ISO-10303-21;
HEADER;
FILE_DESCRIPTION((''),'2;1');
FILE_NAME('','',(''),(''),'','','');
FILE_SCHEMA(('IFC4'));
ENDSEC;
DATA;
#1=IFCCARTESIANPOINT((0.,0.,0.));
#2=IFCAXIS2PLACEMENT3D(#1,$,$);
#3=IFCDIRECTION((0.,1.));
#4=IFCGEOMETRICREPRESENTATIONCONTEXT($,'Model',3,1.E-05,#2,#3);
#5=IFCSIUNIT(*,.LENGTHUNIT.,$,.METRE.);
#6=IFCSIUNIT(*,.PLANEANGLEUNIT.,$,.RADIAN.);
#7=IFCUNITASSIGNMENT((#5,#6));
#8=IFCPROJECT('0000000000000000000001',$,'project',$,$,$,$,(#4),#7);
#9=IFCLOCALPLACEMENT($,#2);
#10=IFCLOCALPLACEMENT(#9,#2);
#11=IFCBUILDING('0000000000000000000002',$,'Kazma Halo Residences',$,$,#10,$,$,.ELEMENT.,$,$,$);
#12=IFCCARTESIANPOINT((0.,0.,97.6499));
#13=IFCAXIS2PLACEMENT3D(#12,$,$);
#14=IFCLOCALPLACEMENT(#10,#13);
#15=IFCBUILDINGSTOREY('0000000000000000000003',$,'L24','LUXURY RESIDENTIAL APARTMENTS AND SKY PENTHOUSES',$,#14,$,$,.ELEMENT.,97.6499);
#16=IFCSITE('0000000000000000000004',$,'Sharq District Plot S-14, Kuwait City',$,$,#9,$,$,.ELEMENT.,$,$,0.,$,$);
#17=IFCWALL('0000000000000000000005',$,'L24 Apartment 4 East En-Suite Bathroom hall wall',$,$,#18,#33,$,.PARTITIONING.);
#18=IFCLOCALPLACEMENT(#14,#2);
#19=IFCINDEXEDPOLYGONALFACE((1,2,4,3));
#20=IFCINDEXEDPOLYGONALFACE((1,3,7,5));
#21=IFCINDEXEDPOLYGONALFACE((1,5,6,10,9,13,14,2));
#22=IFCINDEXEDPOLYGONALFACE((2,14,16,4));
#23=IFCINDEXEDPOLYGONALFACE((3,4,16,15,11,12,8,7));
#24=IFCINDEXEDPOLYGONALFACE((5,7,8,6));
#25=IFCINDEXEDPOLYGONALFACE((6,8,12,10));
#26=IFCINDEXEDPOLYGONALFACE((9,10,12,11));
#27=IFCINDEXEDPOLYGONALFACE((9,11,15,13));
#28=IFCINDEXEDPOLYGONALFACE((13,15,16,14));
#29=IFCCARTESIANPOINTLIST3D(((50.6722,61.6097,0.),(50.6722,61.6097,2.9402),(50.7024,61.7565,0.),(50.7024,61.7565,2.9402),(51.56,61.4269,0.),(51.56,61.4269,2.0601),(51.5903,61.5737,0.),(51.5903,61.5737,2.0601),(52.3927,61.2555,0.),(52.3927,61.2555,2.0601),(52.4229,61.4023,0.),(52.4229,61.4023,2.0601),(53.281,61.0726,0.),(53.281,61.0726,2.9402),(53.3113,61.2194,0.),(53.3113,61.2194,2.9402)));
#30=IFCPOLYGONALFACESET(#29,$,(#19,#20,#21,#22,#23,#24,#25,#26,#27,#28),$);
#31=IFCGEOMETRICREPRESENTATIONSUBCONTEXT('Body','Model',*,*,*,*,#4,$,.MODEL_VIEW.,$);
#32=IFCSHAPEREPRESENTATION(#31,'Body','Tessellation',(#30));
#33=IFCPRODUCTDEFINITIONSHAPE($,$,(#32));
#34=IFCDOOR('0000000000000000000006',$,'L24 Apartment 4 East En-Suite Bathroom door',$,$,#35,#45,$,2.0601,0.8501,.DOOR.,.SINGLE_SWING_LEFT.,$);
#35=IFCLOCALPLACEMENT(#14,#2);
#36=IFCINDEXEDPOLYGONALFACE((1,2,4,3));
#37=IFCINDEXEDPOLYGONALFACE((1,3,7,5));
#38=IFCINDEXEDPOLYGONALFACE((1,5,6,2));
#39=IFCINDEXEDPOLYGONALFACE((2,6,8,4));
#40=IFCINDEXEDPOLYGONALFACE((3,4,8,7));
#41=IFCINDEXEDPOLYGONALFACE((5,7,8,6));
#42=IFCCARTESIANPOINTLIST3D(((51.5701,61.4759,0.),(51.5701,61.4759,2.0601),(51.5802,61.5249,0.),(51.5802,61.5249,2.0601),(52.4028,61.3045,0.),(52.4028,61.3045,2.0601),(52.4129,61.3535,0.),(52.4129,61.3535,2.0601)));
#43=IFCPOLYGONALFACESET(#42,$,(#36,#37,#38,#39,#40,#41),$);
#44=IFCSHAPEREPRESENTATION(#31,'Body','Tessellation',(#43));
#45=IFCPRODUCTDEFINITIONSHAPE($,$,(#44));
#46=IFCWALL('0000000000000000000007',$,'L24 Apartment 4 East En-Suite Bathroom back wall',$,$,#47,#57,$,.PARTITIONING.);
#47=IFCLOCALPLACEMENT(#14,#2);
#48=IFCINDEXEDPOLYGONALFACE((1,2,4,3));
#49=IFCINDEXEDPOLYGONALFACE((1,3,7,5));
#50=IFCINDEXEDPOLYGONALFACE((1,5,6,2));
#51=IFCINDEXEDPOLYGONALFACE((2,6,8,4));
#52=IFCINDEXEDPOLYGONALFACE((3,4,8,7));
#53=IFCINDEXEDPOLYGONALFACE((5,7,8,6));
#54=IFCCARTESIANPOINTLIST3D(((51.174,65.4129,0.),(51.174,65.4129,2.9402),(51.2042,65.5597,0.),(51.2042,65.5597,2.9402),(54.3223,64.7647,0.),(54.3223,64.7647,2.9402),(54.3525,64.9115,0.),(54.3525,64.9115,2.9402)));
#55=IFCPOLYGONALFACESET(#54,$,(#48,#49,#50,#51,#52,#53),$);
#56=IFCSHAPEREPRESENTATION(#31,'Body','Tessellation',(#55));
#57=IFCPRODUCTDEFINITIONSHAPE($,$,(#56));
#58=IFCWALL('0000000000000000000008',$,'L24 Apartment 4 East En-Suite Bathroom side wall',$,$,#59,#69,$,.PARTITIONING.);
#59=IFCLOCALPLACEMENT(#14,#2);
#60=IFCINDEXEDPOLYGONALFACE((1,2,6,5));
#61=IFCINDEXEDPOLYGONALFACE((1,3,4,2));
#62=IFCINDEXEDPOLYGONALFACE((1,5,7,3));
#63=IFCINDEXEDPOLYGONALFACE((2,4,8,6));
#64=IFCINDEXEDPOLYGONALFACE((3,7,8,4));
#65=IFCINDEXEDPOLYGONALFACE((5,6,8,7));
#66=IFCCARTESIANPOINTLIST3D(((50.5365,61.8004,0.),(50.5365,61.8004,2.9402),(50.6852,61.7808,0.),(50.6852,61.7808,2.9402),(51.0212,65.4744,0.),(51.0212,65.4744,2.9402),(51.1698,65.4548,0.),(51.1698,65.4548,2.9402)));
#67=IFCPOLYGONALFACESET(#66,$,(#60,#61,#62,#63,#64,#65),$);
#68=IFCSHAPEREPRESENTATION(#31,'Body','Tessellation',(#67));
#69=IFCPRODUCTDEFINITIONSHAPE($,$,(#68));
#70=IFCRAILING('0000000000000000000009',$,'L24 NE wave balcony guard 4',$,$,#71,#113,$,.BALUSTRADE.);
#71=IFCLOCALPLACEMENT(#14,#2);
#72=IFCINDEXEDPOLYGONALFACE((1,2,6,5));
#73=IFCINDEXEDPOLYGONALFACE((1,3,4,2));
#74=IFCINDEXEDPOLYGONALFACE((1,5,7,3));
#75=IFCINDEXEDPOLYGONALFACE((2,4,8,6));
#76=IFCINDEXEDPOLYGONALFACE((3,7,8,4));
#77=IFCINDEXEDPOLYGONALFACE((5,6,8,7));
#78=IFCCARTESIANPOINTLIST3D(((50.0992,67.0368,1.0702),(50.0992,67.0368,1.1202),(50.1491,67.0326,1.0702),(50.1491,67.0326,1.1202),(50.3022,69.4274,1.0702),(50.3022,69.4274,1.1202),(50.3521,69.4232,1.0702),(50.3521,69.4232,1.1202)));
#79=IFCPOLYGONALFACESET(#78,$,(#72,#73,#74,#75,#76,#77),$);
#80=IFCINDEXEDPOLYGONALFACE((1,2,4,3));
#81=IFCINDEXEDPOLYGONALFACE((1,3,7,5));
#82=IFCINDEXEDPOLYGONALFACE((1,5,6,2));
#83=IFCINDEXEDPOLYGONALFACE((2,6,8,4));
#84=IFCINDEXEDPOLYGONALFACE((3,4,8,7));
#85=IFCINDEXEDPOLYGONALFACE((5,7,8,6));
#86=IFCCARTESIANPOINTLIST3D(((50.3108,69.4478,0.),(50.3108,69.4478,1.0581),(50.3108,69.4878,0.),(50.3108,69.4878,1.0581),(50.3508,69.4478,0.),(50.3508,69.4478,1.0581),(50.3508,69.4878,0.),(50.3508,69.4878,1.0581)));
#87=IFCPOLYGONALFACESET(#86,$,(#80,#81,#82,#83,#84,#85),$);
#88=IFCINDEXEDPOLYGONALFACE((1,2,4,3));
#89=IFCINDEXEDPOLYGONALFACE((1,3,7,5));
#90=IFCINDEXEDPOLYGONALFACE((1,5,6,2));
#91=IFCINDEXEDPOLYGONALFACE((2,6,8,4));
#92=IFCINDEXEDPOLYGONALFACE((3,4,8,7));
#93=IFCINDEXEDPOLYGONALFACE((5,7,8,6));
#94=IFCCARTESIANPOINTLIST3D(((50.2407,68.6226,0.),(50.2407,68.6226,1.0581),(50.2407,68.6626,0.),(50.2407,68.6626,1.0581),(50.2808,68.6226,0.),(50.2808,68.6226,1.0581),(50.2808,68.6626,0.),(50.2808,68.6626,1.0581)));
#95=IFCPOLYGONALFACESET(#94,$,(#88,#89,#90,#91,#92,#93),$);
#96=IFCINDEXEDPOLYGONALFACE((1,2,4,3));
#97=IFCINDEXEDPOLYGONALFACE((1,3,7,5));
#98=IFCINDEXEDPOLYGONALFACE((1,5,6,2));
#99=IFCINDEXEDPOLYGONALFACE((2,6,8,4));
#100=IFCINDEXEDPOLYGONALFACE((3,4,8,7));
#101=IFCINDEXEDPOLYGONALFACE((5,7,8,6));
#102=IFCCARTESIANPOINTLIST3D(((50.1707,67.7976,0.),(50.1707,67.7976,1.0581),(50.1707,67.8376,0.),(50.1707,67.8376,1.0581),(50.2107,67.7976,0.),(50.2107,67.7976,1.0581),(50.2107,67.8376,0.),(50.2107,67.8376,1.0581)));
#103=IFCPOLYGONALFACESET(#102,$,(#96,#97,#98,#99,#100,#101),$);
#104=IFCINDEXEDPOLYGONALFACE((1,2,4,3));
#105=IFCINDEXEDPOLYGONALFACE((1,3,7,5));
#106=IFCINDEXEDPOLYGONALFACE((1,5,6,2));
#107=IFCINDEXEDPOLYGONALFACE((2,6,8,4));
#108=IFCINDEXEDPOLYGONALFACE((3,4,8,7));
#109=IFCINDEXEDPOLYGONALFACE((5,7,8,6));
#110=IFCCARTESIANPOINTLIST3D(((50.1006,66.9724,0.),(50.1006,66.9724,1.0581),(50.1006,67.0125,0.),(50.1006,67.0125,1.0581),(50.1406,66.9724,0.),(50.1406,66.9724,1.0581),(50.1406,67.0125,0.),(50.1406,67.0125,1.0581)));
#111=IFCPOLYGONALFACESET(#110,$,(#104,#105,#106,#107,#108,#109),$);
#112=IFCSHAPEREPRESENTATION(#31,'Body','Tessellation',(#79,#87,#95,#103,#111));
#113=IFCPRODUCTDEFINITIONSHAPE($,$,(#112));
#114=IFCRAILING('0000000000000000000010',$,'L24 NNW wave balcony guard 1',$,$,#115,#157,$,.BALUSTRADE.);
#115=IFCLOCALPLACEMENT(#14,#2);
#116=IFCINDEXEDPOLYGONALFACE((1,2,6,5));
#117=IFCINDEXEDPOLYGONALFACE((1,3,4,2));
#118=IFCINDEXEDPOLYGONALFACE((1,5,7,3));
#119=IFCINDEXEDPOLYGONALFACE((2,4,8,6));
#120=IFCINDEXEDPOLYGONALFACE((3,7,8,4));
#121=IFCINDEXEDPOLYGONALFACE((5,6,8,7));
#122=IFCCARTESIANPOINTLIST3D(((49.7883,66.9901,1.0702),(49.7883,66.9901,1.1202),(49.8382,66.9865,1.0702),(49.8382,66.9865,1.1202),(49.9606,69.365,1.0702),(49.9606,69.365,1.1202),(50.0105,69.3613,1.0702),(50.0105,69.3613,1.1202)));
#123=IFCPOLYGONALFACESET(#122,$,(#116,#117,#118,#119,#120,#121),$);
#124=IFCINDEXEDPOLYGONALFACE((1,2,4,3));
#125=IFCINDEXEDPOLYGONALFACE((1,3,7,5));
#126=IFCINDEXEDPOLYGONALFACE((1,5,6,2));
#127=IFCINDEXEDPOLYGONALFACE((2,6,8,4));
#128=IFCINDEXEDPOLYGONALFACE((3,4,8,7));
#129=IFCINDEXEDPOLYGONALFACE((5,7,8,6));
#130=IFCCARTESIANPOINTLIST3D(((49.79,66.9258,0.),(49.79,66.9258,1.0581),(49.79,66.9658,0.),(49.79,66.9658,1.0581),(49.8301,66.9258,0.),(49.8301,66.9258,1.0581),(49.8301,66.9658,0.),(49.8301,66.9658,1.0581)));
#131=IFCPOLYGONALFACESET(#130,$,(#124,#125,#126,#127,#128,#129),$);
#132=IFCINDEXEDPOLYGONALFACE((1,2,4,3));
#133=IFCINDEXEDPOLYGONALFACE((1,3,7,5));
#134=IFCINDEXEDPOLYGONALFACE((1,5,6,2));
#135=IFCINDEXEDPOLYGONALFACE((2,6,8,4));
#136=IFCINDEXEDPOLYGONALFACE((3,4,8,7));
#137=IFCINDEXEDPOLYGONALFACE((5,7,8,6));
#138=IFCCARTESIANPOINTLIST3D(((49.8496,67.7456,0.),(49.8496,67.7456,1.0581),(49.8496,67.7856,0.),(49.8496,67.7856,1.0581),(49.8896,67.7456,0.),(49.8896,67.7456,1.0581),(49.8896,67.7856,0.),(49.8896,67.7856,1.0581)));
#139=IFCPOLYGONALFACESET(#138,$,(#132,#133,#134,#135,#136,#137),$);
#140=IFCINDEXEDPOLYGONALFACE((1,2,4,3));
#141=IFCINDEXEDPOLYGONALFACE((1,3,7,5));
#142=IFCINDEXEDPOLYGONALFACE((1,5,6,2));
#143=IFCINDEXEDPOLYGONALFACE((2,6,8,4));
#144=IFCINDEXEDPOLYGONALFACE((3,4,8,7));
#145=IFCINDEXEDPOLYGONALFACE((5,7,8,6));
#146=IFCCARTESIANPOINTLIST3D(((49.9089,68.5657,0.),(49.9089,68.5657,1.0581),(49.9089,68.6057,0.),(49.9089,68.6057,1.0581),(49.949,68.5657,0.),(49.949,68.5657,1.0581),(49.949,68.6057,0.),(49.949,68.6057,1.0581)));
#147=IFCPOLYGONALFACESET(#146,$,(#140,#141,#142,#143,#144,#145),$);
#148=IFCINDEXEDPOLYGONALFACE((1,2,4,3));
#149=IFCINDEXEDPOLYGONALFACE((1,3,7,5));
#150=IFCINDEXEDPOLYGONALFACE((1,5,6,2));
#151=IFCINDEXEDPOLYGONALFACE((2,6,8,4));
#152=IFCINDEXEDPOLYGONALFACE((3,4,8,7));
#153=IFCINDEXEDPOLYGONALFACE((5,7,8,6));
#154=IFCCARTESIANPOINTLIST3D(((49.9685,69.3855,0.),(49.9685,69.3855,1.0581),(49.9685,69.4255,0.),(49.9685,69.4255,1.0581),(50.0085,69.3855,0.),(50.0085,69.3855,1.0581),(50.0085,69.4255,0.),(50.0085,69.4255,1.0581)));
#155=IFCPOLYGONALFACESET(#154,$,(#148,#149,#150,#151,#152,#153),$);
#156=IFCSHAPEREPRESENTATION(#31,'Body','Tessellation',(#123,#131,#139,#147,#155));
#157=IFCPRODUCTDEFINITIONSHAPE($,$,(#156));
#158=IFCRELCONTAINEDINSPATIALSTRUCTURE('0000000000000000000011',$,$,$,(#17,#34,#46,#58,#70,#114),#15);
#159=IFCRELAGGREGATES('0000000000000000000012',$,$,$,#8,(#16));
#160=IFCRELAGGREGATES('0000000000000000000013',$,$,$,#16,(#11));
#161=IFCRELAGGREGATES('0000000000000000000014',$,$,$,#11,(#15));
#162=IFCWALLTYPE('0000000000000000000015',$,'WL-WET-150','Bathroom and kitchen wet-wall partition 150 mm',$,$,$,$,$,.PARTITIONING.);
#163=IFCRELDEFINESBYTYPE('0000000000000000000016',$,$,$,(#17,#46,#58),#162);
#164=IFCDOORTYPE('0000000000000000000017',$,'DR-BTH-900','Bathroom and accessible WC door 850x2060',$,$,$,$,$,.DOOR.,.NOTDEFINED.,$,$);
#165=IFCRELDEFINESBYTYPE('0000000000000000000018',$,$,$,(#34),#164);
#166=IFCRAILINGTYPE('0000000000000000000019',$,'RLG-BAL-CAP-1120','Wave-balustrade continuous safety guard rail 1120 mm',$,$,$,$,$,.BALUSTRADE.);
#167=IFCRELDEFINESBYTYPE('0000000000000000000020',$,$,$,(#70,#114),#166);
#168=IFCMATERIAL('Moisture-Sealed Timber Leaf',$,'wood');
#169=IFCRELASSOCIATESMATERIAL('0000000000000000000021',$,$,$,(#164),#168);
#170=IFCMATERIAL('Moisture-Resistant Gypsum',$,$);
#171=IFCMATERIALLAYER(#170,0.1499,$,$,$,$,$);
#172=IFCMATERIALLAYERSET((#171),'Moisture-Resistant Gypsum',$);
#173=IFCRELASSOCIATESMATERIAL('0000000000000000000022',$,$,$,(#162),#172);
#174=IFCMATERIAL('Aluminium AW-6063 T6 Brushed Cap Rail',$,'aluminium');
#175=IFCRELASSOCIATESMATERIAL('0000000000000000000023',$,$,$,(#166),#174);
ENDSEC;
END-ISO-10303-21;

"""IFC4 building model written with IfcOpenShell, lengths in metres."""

from ifc_helpers import new_model, si_unit, direction, frame, frame_2d, origin, origin_2d, place, context, subcontext, project, spatial, rectangle, extrude, material, layer, layer_set, type_object, element, fill, save


model = new_model("IFC4")

# Units and contexts
model_context = context("Model", 3, precision=1e-05, world=origin(), true_north=direction((0.0, 1.0)))
body_context = subcontext(model_context, "Body", "Model", "MODEL_VIEW")
ifc_project = project(units=[si_unit("LENGTHUNIT", "METRE"), si_unit("PLANEANGLEUNIT", "RADIAN")], contexts=[model_context])

# Site, building, storey
site_placement = place(None, origin())
site = spatial("IfcSite", under=ifc_project, at=site_placement, Name="Sharq District Plot S-14, Kuwait City", CompositionType="ELEMENT", RefElevation=0.0)
building_placement = place(site_placement, origin())
building = spatial("IfcBuilding", under=site, at=building_placement, Name="Kazma Halo Residences", CompositionType="ELEMENT")
storey_placement = place(building_placement, frame((0.0, 0.0, 97.6499)))
storey = spatial("IfcBuildingStorey", under=building, at=storey_placement, Name="L24", Description="LUXURY RESIDENTIAL APARTMENTS AND SKY PENTHOUSES", CompositionType="ELEMENT", Elevation=97.6499)

# Wall, opening, door
ifc_material_1 = material(Name="Moisture-Sealed Timber Leaf", Category="wood")
door_type_1 = type_object("IfcDoorType", Name="DR-BTH-900", Description="Bathroom and accessible WC door 850x2060", OperationType="NOTDEFINED", PredefinedType="DOOR", material=ifc_material_1)
ifc_material_2 = material(Name="Moisture-Resistant Gypsum")
ifc_layer_1 = layer(ifc_material_2, 0.1499)
ifc_layer_set_1 = layer_set([ifc_layer_1], Name="Moisture-Resistant Gypsum")
wall_type_1 = type_object("IfcWallType", Name="WL-WET-150", Description="Bathroom and kitchen wet-wall partition 150 mm", PredefinedType="PARTITIONING", material=ifc_layer_set_1)
wall_1_placement = place(storey_placement, frame((53.2961, 61.146, 0.0), z_axis=(0.0, 0.0, 1.0), x_axis=(-0.979458, 0.201648, 0.0)))
wall_1 = element("IfcWall", 1, at=wall_1_placement, inside=storey, type_object=wall_type_1, Name="L24 Apartment 4 East En-Suite Bathroom hall wall", PredefinedType="PARTITIONING", context=body_context, shape_type="SweptSolid", body=[
    extrude(rectangle(XDim=2.6636, YDim=0.1499, at=frame_2d((1.3318, 0.0))), origin(), (0.0, 0.0, 1.0), 2.9402),
])
opening_1_placement = place(wall_1_placement, frame((0.907, 0.0, 0.0)))
opening_1 = element("IfcOpeningElement", 2, at=opening_1_placement, cuts=wall_1, PredefinedType="OPENING", context=body_context, shape_type="SweptSolid", body=[
    extrude(rectangle(XDim=0.8501, YDim=2.0601, at=frame_2d((0.425, 1.03))), frame((0.0, 0.085, 0.0), z_axis=(0.0, -1.0, 0.0), x_axis=(1.0, 0.0, 0.0)), (0.0, 0.0, 1.0), 0.1699),
])
door_1_placement = place(opening_1_placement, origin())
door_1 = element("IfcDoor", 3, at=door_1_placement, inside=storey, type_object=door_type_1, Name="L24 Apartment 4 East En-Suite Bathroom door", OperationType="SINGLE_SWING_LEFT", OverallHeight=2.0601, OverallWidth=0.8501, PredefinedType="DOOR", context=body_context, shape_type="SweptSolid", body=[
    extrude(rectangle(XDim=0.8501, YDim=2.0601, at=frame_2d((0.425, 1.03))), frame((0.0, 0.0249, 0.0), z_axis=(0.0, -1.0, 0.0), x_axis=(1.0, 0.0, 0.0)), (0.0, 0.0, 1.0), 0.05),
])
fill(opening_1, door_1)

# Walls
wall_2_placement = place(storey_placement, frame((54.3374, 64.8381, 0.0), z_axis=(0.0, 0.0, 1.0), x_axis=(-0.979458, 0.201649, 0.0)))
element("IfcWall", 4, at=wall_2_placement, inside=storey, type_object=wall_type_1, Name="L24 Apartment 4 East En-Suite Bathroom back wall", PredefinedType="PARTITIONING", context=body_context, shape_type="SweptSolid", body=[
    extrude(rectangle(XDim=3.2144, YDim=0.1499, at=frame_2d((1.6072, 0.0))), origin(), (0.0, 0.0, 1.0), 2.9402),
])
wall_3_placement = place(storey_placement, frame((50.6108, 61.7905, 0.0), z_axis=(0.0, 0.0, 1.0), x_axis=(0.13077, 0.991413, 0.0)))
element("IfcWall", 5, at=wall_3_placement, inside=storey, type_object=wall_type_1, Name="L24 Apartment 4 East En-Suite Bathroom side wall", PredefinedType="PARTITIONING", context=body_context, shape_type="SweptSolid", body=[
    extrude(rectangle(XDim=3.7058, YDim=0.1499, at=frame_2d((1.853, 0.0))), origin(), (0.0, 0.0, 1.0), 2.9402),
])

# Railings
ifc_material_3 = material(Name="Aluminium AW-6063 T6 Brushed Cap Rail", Category="aluminium")
railing_type = type_object("IfcRailingType", Name="RLG-BAL-CAP-1120", Description="Wave-balustrade continuous safety guard rail 1120 mm", PredefinedType="BALUSTRADE", material=ifc_material_3)
railing_1_placement = place(storey_placement, frame((50.3308, 69.4678, 0.0)))
element("IfcRailing", 6, at=railing_1_placement, inside=storey, type_object=railing_type, Name="L24 NE wave balcony guard 4", PredefinedType="BALUSTRADE", context=body_context, shape_type="SweptSolid", body=[
    extrude(rectangle(XDim=0.05, YDim=0.05, at=origin_2d()), frame((-0.0037, -0.0425, 1.0952), z_axis=(-0.084615, -0.996414, 0.0), x_axis=(0.996414, -0.084615, 0.0)), (0.0, 0.0, 1.0), 2.3992),
    extrude(rectangle(XDim=0.04, YDim=0.04, at=origin_2d()), origin(), (0.0, 0.0, 1.0), 1.0581),
    extrude(rectangle(XDim=0.04, YDim=0.04, at=origin_2d()), frame((-0.0701, -0.8252, 0.0)), (0.0, 0.0, 1.0), 1.0581),
    extrude(rectangle(XDim=0.04, YDim=0.04, at=origin_2d()), frame((-0.1401, -1.6501, 0.0)), (0.0, 0.0, 1.0), 1.0581),
    extrude(rectangle(XDim=0.04, YDim=0.04, at=origin_2d()), frame((-0.2102, -2.4753, 0.0)), (0.0, 0.0, 1.0), 1.0581),
])
railing_2_placement = place(storey_placement, frame((49.8101, 66.9458, 0.0)))
element("IfcRailing", 7, at=railing_2_placement, inside=storey, type_object=railing_type, Name="L24 NNW wave balcony guard 1", PredefinedType="BALUSTRADE", context=body_context, shape_type="SweptSolid", body=[
    extrude(rectangle(XDim=0.05, YDim=0.05, at=origin_2d()), frame((0.0032, 0.0425, 1.0952), z_axis=(0.072366, 0.997378, 0.0), x_axis=(-0.997378, 0.072366, 0.0)), (0.0, 0.0, 1.0), 2.3811),
    extrude(rectangle(XDim=0.04, YDim=0.04, at=origin_2d()), origin(), (0.0, 0.0, 1.0), 1.0581),
    extrude(rectangle(XDim=0.04, YDim=0.04, at=origin_2d()), frame((0.0596, 0.8198, 0.0)), (0.0, 0.0, 1.0), 1.0581),
    extrude(rectangle(XDim=0.04, YDim=0.04, at=origin_2d()), frame((0.1189, 1.6399, 0.0)), (0.0, 0.0, 1.0), 1.0581),
    extrude(rectangle(XDim=0.04, YDim=0.04, at=origin_2d()), frame((0.1785, 2.4597, 0.0)), (0.0, 0.0, 1.0), 1.0581),
])

save(model, "model.ifc")
